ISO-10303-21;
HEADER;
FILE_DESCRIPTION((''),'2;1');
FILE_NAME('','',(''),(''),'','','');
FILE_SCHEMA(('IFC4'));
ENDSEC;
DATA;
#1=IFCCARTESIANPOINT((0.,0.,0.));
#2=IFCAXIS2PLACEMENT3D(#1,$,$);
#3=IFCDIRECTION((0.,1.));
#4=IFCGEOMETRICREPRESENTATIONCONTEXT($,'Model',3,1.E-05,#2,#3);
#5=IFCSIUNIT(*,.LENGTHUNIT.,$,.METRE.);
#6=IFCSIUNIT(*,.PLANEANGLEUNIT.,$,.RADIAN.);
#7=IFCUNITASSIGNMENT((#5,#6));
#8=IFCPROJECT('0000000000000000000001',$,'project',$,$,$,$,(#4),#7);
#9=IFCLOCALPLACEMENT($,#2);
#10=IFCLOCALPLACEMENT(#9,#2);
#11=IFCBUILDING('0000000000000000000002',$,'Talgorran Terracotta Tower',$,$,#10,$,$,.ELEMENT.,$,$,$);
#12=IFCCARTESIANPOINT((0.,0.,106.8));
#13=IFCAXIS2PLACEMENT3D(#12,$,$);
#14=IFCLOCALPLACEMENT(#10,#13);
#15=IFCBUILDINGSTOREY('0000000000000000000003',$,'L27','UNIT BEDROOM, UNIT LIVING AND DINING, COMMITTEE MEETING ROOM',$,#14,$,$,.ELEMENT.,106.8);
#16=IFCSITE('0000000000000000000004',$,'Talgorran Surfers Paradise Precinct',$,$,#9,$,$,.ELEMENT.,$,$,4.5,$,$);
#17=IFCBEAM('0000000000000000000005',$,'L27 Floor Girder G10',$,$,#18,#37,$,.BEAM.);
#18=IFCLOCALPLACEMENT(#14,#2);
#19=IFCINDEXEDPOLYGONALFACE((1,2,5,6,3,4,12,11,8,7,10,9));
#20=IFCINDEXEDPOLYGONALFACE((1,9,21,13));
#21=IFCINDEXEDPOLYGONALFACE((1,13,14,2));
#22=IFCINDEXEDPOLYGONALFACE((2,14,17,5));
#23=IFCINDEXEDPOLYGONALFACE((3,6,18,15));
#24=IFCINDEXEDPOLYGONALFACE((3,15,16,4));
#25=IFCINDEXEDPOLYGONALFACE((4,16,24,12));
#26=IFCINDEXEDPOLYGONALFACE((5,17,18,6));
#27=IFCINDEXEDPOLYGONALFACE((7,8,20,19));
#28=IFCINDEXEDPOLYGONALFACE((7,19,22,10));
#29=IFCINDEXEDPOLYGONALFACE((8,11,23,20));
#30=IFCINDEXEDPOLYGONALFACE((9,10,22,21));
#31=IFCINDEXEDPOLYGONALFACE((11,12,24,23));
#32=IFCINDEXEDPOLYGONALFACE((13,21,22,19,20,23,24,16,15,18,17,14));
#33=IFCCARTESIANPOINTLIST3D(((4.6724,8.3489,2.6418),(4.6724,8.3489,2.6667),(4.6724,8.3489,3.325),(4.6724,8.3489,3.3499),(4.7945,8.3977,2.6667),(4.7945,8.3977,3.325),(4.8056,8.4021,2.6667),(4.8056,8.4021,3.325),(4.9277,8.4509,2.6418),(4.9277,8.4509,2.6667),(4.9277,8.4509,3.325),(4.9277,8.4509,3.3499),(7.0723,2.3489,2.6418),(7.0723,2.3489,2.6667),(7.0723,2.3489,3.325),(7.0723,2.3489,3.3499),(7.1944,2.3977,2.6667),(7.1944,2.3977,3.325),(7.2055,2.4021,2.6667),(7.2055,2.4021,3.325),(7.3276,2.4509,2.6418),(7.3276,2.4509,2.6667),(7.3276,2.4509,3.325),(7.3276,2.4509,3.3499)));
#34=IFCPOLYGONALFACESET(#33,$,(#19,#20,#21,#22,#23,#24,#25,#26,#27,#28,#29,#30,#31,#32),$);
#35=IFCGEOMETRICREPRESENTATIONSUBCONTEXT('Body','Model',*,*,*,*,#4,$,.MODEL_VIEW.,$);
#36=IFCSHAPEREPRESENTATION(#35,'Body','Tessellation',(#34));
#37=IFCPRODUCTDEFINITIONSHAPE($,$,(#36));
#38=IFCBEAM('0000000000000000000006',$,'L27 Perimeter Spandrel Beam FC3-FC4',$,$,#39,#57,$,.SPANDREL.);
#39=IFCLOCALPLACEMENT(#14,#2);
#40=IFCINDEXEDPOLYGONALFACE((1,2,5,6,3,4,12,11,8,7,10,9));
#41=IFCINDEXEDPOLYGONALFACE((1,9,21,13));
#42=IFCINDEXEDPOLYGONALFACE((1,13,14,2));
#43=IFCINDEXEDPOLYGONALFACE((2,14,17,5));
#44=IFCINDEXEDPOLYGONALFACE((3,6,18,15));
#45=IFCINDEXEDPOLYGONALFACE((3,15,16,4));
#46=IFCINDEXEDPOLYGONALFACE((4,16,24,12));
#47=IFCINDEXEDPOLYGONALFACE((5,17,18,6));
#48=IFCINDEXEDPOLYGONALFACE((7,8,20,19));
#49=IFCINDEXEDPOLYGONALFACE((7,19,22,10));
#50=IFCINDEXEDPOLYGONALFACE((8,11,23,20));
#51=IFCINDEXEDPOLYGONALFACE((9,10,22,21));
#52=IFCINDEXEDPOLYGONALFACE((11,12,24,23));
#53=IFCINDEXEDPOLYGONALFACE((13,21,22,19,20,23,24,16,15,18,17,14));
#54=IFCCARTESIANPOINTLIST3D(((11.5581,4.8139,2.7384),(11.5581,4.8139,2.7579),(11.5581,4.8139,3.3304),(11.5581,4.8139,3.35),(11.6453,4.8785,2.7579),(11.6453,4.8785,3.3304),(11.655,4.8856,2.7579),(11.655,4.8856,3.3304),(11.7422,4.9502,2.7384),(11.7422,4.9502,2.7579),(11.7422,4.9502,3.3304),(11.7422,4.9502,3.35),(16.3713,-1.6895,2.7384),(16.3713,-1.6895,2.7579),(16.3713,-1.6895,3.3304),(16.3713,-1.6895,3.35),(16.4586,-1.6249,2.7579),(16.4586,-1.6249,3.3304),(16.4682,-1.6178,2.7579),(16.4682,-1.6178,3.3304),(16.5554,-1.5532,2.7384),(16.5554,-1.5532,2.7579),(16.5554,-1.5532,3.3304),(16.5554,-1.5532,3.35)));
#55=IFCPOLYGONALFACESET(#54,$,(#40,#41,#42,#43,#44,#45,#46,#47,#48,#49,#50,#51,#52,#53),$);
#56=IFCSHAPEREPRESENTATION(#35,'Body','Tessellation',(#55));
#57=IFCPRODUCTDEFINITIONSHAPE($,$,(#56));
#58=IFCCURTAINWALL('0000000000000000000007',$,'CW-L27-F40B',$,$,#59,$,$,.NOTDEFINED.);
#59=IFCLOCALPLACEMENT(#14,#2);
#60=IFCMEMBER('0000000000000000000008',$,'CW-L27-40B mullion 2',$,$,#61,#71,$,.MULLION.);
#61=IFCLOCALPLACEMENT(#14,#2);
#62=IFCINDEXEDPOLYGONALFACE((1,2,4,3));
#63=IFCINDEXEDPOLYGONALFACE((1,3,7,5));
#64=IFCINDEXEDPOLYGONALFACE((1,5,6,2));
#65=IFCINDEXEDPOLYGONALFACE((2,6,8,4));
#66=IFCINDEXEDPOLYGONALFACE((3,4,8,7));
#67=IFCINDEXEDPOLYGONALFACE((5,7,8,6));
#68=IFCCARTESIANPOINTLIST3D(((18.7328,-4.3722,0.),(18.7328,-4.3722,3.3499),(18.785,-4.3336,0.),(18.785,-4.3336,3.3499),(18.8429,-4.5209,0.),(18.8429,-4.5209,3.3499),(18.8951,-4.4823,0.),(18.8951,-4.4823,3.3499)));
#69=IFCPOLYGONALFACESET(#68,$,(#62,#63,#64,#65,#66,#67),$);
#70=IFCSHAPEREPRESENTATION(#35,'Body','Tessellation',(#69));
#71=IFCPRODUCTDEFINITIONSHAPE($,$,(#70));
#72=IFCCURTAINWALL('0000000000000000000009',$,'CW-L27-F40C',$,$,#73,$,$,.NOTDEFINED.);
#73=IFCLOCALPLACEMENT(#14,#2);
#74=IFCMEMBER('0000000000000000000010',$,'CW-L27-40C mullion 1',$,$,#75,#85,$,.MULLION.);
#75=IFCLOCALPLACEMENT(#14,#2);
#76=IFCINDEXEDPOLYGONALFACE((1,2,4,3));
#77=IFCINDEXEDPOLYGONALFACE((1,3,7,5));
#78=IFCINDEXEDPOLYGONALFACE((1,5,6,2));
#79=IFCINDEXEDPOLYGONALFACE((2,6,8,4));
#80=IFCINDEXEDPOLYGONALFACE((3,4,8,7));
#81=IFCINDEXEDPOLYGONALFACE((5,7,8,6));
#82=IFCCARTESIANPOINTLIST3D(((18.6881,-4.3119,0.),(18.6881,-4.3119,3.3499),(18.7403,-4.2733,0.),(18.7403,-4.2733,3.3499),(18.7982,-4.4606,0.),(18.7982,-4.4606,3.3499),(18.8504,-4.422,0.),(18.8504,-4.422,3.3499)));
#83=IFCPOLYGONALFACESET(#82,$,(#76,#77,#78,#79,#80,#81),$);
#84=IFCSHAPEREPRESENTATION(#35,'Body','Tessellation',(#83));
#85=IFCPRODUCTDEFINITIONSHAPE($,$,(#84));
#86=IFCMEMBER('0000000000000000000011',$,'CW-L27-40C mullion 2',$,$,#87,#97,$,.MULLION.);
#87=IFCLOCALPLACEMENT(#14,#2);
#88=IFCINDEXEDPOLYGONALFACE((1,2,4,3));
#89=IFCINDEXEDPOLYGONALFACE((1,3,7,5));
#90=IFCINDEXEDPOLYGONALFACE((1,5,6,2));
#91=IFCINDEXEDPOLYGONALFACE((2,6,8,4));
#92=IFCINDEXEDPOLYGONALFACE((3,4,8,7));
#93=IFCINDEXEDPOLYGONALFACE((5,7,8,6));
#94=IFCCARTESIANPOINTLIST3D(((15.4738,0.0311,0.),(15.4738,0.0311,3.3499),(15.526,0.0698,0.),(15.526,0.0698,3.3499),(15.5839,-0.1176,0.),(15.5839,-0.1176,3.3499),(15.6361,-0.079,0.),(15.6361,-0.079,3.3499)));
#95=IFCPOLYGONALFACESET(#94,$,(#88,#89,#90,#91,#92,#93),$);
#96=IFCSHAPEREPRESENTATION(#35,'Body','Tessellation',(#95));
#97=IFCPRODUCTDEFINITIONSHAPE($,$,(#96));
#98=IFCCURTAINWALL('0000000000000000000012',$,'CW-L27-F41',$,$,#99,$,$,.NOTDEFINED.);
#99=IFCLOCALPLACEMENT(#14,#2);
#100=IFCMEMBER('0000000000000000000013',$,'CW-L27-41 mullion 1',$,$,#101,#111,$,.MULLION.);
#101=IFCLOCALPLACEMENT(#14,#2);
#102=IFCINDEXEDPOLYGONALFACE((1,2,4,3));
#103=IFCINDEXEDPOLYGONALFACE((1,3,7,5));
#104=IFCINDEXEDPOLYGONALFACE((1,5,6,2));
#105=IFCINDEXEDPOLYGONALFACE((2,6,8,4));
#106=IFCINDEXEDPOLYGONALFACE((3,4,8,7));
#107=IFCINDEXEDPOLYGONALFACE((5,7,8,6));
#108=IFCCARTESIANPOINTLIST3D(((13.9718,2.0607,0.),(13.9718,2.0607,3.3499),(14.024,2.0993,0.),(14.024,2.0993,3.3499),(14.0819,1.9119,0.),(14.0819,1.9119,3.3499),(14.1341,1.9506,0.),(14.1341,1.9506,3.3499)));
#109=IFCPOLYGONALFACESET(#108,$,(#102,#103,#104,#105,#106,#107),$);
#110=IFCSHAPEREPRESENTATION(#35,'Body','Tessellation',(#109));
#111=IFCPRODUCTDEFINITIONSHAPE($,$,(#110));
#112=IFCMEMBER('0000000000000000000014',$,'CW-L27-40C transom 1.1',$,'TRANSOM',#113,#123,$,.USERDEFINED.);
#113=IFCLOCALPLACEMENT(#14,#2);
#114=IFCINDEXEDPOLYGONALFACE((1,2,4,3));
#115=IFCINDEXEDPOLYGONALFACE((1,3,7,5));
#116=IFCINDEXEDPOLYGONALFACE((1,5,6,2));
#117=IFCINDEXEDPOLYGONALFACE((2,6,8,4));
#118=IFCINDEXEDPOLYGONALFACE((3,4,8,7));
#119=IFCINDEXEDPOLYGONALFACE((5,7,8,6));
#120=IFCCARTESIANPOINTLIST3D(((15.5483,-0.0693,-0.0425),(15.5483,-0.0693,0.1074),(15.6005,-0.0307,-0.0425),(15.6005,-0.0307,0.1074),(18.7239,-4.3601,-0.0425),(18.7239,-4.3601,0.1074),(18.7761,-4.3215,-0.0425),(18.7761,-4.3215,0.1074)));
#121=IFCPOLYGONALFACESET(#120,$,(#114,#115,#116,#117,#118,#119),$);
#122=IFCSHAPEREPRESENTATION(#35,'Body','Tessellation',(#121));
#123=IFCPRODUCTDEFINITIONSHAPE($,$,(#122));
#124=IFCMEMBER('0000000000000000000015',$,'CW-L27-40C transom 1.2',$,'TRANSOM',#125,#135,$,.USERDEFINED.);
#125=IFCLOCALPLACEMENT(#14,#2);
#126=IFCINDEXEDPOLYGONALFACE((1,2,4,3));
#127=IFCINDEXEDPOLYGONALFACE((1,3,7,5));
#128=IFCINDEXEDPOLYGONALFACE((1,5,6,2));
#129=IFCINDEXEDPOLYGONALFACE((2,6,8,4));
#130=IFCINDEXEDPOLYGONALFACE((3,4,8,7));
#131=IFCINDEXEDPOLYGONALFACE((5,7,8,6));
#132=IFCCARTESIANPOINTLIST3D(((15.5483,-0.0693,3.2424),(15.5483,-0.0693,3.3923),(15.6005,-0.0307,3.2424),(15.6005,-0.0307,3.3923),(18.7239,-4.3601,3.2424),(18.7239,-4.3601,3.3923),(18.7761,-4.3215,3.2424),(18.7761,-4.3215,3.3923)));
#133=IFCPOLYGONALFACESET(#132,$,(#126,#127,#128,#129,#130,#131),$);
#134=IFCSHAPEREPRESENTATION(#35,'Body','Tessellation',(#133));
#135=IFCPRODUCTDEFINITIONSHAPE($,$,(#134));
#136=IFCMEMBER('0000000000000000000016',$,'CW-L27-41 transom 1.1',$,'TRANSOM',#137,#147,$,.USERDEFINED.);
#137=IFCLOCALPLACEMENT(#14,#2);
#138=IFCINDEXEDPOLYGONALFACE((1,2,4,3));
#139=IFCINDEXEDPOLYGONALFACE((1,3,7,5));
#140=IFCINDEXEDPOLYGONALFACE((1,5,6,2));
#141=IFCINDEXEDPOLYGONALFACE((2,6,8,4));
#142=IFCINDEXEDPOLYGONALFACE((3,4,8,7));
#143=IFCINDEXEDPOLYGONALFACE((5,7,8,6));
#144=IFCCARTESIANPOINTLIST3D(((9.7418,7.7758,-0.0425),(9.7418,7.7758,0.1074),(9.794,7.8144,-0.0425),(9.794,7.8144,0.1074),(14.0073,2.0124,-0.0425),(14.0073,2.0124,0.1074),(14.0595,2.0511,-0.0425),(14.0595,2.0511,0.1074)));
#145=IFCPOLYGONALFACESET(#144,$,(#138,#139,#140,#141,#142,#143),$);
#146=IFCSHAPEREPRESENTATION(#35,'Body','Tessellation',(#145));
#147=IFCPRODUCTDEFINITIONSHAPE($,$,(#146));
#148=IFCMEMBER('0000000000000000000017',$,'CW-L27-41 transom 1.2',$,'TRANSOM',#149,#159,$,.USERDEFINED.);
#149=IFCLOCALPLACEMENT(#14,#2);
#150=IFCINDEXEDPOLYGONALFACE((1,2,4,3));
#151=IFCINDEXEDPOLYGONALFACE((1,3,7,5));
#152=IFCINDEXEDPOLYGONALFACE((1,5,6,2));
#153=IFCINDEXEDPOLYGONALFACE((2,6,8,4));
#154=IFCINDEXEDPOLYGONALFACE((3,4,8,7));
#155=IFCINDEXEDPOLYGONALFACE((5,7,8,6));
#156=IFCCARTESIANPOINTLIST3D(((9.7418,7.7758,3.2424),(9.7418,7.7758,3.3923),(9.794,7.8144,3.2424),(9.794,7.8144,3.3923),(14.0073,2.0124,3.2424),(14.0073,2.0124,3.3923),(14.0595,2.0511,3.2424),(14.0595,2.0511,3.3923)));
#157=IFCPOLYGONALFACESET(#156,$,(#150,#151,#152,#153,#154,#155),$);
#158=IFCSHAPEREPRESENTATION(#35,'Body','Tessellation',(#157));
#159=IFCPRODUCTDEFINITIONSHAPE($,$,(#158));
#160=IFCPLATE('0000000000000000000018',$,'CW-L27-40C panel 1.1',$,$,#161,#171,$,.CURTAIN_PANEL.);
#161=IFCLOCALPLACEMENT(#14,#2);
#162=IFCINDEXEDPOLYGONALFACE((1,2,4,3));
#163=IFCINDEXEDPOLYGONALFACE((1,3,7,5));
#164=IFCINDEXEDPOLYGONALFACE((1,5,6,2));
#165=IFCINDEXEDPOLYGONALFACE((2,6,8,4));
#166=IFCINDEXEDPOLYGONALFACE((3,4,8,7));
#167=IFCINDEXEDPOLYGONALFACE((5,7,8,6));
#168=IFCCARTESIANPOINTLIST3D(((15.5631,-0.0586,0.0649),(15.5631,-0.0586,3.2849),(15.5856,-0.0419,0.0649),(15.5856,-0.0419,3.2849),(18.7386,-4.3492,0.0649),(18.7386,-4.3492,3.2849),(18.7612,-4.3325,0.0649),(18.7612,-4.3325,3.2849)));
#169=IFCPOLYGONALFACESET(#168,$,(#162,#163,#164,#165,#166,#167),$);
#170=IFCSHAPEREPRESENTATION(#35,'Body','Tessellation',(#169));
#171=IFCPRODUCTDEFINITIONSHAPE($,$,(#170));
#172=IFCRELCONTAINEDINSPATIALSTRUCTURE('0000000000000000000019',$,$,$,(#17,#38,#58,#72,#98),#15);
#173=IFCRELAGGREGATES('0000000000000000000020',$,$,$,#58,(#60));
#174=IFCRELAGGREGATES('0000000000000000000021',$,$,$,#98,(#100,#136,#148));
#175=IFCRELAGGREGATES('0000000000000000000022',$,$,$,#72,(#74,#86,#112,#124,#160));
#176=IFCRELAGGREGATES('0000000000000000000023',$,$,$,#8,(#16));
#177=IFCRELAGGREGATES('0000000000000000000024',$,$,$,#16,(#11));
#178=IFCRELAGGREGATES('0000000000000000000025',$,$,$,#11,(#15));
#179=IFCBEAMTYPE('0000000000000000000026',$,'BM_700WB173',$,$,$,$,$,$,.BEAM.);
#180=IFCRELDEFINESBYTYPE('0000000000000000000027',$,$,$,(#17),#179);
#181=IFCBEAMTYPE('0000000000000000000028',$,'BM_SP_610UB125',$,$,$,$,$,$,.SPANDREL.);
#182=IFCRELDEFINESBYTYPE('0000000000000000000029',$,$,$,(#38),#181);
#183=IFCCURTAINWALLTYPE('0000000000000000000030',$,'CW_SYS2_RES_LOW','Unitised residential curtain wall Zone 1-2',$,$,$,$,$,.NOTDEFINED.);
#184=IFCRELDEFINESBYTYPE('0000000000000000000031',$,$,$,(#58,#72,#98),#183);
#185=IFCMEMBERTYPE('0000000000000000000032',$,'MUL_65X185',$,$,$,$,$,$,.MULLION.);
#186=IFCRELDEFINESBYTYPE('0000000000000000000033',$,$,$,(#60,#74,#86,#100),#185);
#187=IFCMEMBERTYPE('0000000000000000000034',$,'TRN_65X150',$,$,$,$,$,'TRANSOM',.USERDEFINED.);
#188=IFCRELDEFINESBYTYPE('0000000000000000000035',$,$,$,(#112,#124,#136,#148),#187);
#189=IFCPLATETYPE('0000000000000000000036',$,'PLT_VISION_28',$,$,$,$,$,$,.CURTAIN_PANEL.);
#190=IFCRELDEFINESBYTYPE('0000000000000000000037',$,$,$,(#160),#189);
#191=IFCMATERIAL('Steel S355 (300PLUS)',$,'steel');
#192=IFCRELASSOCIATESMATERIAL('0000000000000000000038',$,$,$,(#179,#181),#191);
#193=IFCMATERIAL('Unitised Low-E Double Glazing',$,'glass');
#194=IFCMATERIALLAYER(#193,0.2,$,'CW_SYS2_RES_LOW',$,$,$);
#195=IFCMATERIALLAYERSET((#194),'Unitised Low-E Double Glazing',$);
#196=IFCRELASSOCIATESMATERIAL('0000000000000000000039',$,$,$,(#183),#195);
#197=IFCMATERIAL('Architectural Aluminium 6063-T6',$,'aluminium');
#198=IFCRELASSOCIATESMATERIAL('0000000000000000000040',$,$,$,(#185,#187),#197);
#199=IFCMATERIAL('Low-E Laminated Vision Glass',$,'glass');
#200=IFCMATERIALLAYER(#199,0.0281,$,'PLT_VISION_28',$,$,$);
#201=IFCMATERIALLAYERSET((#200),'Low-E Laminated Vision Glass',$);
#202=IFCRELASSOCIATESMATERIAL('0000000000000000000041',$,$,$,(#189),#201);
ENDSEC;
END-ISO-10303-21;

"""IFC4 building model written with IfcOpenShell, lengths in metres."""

from ifc_helpers import new_model, si_unit, direction, frame, origin, origin_2d, place, context, subcontext, project, spatial, rectangle, i_section, extrude, source, transform, mapped, material, layer, layer_set, material_profile, profile_set, type_object, type_shapes, element, aggregate, save


model = new_model("IFC4")

# Units and contexts
model_context = context("Model", 3, precision=1e-05, world=origin(), true_north=direction((0.0, 1.0)))
body_context = subcontext(model_context, "Body", "Model", "MODEL_VIEW")
ifc_project = project(units=[si_unit("LENGTHUNIT", "METRE"), si_unit("PLANEANGLEUNIT", "RADIAN")], contexts=[model_context])

# Site, building, storey
site_placement = place(None, origin())
site = spatial("IfcSite", under=ifc_project, at=site_placement, Name="Talgorran Surfers Paradise Precinct", CompositionType="ELEMENT", RefElevation=4.5)
building_placement = place(site_placement, origin())
building = spatial("IfcBuilding", under=site, at=building_placement, Name="Talgorran Terracotta Tower", CompositionType="ELEMENT")
storey_placement = place(building_placement, frame((0.0, 0.0, 106.8)))
storey = spatial("IfcBuildingStorey", under=building, at=storey_placement, Name="L27", Description="UNIT BEDROOM, UNIT LIVING AND DINING, COMMITTEE MEETING ROOM", CompositionType="ELEMENT", Elevation=106.8)

# Shared definitions
ifc_material_1 = material(Name="Steel S355 (300PLUS)", Category="steel")

# Beams
ifc_material_profile_1 = material_profile(ifc_material_1, i_section(OverallWidth=0.2749, OverallDepth=0.708, WebThickness=0.012, FlangeThickness=0.0249, at=origin_2d()), Name="700WB173")
ifc_profile_set_1 = profile_set([ifc_material_profile_1], Name="Steel S355 (300PLUS)")
beam_type_1 = type_object("IfcBeamType", Name="BM_700WB173", PredefinedType="BEAM", material=ifc_profile_set_1)
beam_1_placement = place(storey_placement, frame((7.2, 2.3999, 2.9958), z_axis=(-0.371378, 0.928482, 0.0), x_axis=(-0.928482, -0.371378, 0.0)))
element("IfcBeam", 1, at=beam_1_placement, inside=storey, type_object=beam_type_1, Name="L27 Floor Girder G10", PredefinedType="BEAM", context=body_context, shape_type="SweptSolid", body=[
    extrude(i_section(OverallWidth=0.2749, OverallDepth=0.708, WebThickness=0.012, FlangeThickness=0.0249, at=origin_2d()), origin(), (0.0, 0.0, 1.0), 6.4622),
])
ifc_material_profile_2 = material_profile(ifc_material_1, i_section(OverallWidth=0.229, OverallDepth=0.6116, WebThickness=0.012, FlangeThickness=0.0195, at=origin_2d()), Name="610UB125")
ifc_profile_set_2 = profile_set([ifc_material_profile_2], Name="Steel S355 (300PLUS)")
beam_type_2 = type_object("IfcBeamType", Name="BM_SP_610UB125", PredefinedType="SPANDREL", material=ifc_profile_set_2)
beam_2_placement = place(storey_placement, frame((16.4634, -1.6213, 3.0442), z_axis=(-0.594899, 0.8038, 0.0), x_axis=(-0.8038, -0.594899, 0.0)))
element("IfcBeam", 2, at=beam_2_placement, inside=storey, type_object=beam_type_2, Name="L27 Perimeter Spandrel Beam FC3-FC4", PredefinedType="SPANDREL", context=body_context, shape_type="SweptSolid", body=[
    extrude(i_section(OverallWidth=0.229, OverallDepth=0.6116, WebThickness=0.012, FlangeThickness=0.0195, at=origin_2d()), origin(), (0.0, 0.0, 1.0), 8.0908),
])

# Curtain wall, member
ifc_material_2 = material(Name="Unitised Low-E Double Glazing", Category="glass")
ifc_layer_1 = layer(ifc_material_2, 0.2, Name="CW_SYS2_RES_LOW")
ifc_layer_set_1 = layer_set([ifc_layer_1], Name="Unitised Low-E Double Glazing")
curtain_wall_type = type_object("IfcCurtainWallType", Name="CW_SYS2_RES_LOW", Description="Unitised residential curtain wall Zone 1-2", PredefinedType="NOTDEFINED", material=ifc_layer_set_1)
curtain_wall_1_placement = place(storey_placement, origin())
curtain_wall_1 = element("IfcCurtainWall", 3, at=curtain_wall_1_placement, inside=storey, type_object=curtain_wall_type, Name="CW-L27-F40B", PredefinedType="NOTDEFINED")
ifc_material_3 = material(Name="Architectural Aluminium 6063-T6", Category="aluminium")
ifc_material_profile_3 = material_profile(ifc_material_3, rectangle(XDim=0.0649, YDim=0.1851, at=origin_2d()), Name="CWM65X185")
ifc_profile_set_3 = profile_set([ifc_material_profile_3], Name="Architectural Aluminium 6063-T6")
member_type_1 = type_object("IfcMemberType", Name="MUL_65X185", PredefinedType="MULLION", material=ifc_profile_set_3)
member_1_placement = place(storey_placement, frame((18.814, -4.4272, 0.0), z_axis=(0.0, 0.0, 1.0), x_axis=(-0.803792, -0.59491, 0.0)))
member_1 = element("IfcMember", 4, at=member_1_placement, type_object=member_type_1, Name="CW-L27-40B mullion 2", PredefinedType="MULLION", context=body_context, shape_type="SweptSolid", body=[
    extrude(rectangle(XDim=0.0649, YDim=0.1851, at=origin_2d()), origin(), (0.0, 0.0, 1.0), 3.3499),
])
aggregate(curtain_wall_1, [member_1])

# Curtain wall, members
curtain_wall_2_placement = place(storey_placement, origin())
curtain_wall_2 = element("IfcCurtainWall", 5, at=curtain_wall_2_placement, inside=storey, type_object=curtain_wall_type, Name="CW-L27-F40C", PredefinedType="NOTDEFINED")
member_2_placement = place(storey_placement, frame((18.7693, -4.3669, 0.0), z_axis=(0.0, 0.0, 1.0), x_axis=(-0.803796, -0.594905, 0.0)))
member_2 = element("IfcMember", 6, at=member_2_placement, type_object=member_type_1, Name="CW-L27-40C mullion 1", PredefinedType="MULLION", context=body_context, shape_type="SweptSolid", body=[
    extrude(rectangle(XDim=0.0649, YDim=0.1851, at=origin_2d()), origin(), (0.0, 0.0, 1.0), 3.3499),
])
member_3_placement = place(storey_placement, frame((15.5549, -0.0239, 0.0), z_axis=(0.0, 0.0, 1.0), x_axis=(-0.803796, -0.594905, 0.0)))
member_3 = element("IfcMember", 7, at=member_3_placement, type_object=member_type_1, Name="CW-L27-40C mullion 2", PredefinedType="MULLION", context=body_context, shape_type="SweptSolid", body=[
    extrude(rectangle(XDim=0.0649, YDim=0.1851, at=origin_2d()), origin(), (0.0, 0.0, 1.0), 3.3499),
])

# Curtain wall, member
curtain_wall_3_placement = place(storey_placement, origin())
curtain_wall_3 = element("IfcCurtainWall", 8, at=curtain_wall_3_placement, inside=storey, type_object=curtain_wall_type, Name="CW-L27-F41", PredefinedType="NOTDEFINED")
member_4_placement = place(storey_placement, frame((14.053, 2.0056, 0.0), z_axis=(0.0, 0.0, 1.0), x_axis=(-0.803793, -0.59491, 0.0)))
member_4 = element("IfcMember", 9, at=member_4_placement, type_object=member_type_1, Name="CW-L27-41 mullion 1", PredefinedType="MULLION", context=body_context, shape_type="SweptSolid", body=[
    extrude(rectangle(XDim=0.0649, YDim=0.1851, at=origin_2d()), origin(), (0.0, 0.0, 1.0), 3.3499),
])

# Members
ifc_material_profile_4 = material_profile(ifc_material_3, rectangle(XDim=0.0649, YDim=0.1499, at=origin_2d()), Name="CWT65X150")
ifc_profile_set_4 = profile_set([ifc_material_profile_4], Name="Architectural Aluminium 6063-T6")
member_type_2 = type_object("IfcMemberType", Name="TRN_65X150", ElementType="TRANSOM", PredefinedType="USERDEFINED", material=ifc_profile_set_4)
member_5_placement = place(storey_placement, frame((18.75, -4.3408, 0.0325), z_axis=(-0.594887, 0.803809, 0.0), x_axis=(-0.803809, -0.594887, 0.0)))
member_5 = element("IfcMember", 10, at=member_5_placement, type_object=member_type_2, Name="CW-L27-40C transom 1.1", ObjectType="TRANSOM", PredefinedType="USERDEFINED", context=body_context, shape_type="SweptSolid", body=[
    extrude(rectangle(XDim=0.0649, YDim=0.1499, at=origin_2d()), origin(), (0.0, 0.0, 1.0), 5.3381),
])
member_6_placement = place(storey_placement, frame((18.75, -4.3408, 3.3174), z_axis=(-0.594887, 0.803809, 0.0), x_axis=(-0.803809, -0.594887, 0.0)))
member_6 = element("IfcMember", 11, at=member_6_placement, type_object=member_type_2, Name="CW-L27-40C transom 1.2", ObjectType="TRANSOM", PredefinedType="USERDEFINED", context=body_context, shape_type="SweptSolid", body=[
    extrude(rectangle(XDim=0.0649, YDim=0.1499, at=origin_2d()), origin(), (0.0, 0.0, 1.0), 5.3381),
])
member_7_placement = place(storey_placement, frame((14.0334, 2.0317, 0.0325), z_axis=(-0.594905, 0.803796, 0.0), x_axis=(-0.803796, -0.594905, 0.0)))
member_7 = element("IfcMember", 12, at=member_7_placement, type_object=member_type_2, Name="CW-L27-41 transom 1.1", ObjectType="TRANSOM", PredefinedType="USERDEFINED", context=body_context, shape_type="SweptSolid", body=[
    extrude(rectangle(XDim=0.0649, YDim=0.1499, at=origin_2d()), origin(), (0.0, 0.0, 1.0), 7.1702),
])
member_8_placement = place(storey_placement, frame((14.0334, 2.0317, 3.3174), z_axis=(-0.594905, 0.803796, 0.0), x_axis=(-0.803796, -0.594905, 0.0)))
member_8 = element("IfcMember", 13, at=member_8_placement, type_object=member_type_2, Name="CW-L27-41 transom 1.2", ObjectType="TRANSOM", PredefinedType="USERDEFINED", context=body_context, shape_type="SweptSolid", body=[
    extrude(rectangle(XDim=0.0649, YDim=0.1499, at=origin_2d()), origin(), (0.0, 0.0, 1.0), 7.1702),
])
aggregate(curtain_wall_3, [member_4, member_7, member_8])

# Plate
ifc_material_4 = material(Name="Low-E Laminated Vision Glass", Category="glass")
ifc_layer_2 = layer(ifc_material_4, 0.0281, Name="PLT_VISION_28")
ifc_layer_set_2 = layer_set([ifc_layer_2], Name="Low-E Laminated Vision Glass")
plate_type = type_object("IfcPlateType", Name="PLT_VISION_28", PredefinedType="CURTAIN_PANEL", material=ifc_layer_set_2)
shared_shape = source(origin(), body_context, "Body", "SweptSolid", [
    extrude(rectangle(XDim=5.3379, YDim=0.0281, at=origin_2d()), origin(), (0.0, 0.0, 1.0), 3.22),
])
type_shapes(plate_type, [shared_shape])
plate_placement = place(storey_placement, frame((17.1621, -2.1956, 0.0649), z_axis=(0.0, 0.0, 1.0), x_axis=(-0.594905, 0.803796, 0.0)))
plate = element("IfcPlate", 14, at=plate_placement, type_object=plate_type, Name="CW-L27-40C panel 1.1", PredefinedType="CURTAIN_PANEL", context=body_context, shape_type="MappedRepresentation", body=[
    mapped(shared_shape, transform((0.0, 0.0, 0.0), scale=1.0)),
])
aggregate(curtain_wall_2, [member_2, member_3, member_5, member_6, plate])

save(model, "model.ifc")
